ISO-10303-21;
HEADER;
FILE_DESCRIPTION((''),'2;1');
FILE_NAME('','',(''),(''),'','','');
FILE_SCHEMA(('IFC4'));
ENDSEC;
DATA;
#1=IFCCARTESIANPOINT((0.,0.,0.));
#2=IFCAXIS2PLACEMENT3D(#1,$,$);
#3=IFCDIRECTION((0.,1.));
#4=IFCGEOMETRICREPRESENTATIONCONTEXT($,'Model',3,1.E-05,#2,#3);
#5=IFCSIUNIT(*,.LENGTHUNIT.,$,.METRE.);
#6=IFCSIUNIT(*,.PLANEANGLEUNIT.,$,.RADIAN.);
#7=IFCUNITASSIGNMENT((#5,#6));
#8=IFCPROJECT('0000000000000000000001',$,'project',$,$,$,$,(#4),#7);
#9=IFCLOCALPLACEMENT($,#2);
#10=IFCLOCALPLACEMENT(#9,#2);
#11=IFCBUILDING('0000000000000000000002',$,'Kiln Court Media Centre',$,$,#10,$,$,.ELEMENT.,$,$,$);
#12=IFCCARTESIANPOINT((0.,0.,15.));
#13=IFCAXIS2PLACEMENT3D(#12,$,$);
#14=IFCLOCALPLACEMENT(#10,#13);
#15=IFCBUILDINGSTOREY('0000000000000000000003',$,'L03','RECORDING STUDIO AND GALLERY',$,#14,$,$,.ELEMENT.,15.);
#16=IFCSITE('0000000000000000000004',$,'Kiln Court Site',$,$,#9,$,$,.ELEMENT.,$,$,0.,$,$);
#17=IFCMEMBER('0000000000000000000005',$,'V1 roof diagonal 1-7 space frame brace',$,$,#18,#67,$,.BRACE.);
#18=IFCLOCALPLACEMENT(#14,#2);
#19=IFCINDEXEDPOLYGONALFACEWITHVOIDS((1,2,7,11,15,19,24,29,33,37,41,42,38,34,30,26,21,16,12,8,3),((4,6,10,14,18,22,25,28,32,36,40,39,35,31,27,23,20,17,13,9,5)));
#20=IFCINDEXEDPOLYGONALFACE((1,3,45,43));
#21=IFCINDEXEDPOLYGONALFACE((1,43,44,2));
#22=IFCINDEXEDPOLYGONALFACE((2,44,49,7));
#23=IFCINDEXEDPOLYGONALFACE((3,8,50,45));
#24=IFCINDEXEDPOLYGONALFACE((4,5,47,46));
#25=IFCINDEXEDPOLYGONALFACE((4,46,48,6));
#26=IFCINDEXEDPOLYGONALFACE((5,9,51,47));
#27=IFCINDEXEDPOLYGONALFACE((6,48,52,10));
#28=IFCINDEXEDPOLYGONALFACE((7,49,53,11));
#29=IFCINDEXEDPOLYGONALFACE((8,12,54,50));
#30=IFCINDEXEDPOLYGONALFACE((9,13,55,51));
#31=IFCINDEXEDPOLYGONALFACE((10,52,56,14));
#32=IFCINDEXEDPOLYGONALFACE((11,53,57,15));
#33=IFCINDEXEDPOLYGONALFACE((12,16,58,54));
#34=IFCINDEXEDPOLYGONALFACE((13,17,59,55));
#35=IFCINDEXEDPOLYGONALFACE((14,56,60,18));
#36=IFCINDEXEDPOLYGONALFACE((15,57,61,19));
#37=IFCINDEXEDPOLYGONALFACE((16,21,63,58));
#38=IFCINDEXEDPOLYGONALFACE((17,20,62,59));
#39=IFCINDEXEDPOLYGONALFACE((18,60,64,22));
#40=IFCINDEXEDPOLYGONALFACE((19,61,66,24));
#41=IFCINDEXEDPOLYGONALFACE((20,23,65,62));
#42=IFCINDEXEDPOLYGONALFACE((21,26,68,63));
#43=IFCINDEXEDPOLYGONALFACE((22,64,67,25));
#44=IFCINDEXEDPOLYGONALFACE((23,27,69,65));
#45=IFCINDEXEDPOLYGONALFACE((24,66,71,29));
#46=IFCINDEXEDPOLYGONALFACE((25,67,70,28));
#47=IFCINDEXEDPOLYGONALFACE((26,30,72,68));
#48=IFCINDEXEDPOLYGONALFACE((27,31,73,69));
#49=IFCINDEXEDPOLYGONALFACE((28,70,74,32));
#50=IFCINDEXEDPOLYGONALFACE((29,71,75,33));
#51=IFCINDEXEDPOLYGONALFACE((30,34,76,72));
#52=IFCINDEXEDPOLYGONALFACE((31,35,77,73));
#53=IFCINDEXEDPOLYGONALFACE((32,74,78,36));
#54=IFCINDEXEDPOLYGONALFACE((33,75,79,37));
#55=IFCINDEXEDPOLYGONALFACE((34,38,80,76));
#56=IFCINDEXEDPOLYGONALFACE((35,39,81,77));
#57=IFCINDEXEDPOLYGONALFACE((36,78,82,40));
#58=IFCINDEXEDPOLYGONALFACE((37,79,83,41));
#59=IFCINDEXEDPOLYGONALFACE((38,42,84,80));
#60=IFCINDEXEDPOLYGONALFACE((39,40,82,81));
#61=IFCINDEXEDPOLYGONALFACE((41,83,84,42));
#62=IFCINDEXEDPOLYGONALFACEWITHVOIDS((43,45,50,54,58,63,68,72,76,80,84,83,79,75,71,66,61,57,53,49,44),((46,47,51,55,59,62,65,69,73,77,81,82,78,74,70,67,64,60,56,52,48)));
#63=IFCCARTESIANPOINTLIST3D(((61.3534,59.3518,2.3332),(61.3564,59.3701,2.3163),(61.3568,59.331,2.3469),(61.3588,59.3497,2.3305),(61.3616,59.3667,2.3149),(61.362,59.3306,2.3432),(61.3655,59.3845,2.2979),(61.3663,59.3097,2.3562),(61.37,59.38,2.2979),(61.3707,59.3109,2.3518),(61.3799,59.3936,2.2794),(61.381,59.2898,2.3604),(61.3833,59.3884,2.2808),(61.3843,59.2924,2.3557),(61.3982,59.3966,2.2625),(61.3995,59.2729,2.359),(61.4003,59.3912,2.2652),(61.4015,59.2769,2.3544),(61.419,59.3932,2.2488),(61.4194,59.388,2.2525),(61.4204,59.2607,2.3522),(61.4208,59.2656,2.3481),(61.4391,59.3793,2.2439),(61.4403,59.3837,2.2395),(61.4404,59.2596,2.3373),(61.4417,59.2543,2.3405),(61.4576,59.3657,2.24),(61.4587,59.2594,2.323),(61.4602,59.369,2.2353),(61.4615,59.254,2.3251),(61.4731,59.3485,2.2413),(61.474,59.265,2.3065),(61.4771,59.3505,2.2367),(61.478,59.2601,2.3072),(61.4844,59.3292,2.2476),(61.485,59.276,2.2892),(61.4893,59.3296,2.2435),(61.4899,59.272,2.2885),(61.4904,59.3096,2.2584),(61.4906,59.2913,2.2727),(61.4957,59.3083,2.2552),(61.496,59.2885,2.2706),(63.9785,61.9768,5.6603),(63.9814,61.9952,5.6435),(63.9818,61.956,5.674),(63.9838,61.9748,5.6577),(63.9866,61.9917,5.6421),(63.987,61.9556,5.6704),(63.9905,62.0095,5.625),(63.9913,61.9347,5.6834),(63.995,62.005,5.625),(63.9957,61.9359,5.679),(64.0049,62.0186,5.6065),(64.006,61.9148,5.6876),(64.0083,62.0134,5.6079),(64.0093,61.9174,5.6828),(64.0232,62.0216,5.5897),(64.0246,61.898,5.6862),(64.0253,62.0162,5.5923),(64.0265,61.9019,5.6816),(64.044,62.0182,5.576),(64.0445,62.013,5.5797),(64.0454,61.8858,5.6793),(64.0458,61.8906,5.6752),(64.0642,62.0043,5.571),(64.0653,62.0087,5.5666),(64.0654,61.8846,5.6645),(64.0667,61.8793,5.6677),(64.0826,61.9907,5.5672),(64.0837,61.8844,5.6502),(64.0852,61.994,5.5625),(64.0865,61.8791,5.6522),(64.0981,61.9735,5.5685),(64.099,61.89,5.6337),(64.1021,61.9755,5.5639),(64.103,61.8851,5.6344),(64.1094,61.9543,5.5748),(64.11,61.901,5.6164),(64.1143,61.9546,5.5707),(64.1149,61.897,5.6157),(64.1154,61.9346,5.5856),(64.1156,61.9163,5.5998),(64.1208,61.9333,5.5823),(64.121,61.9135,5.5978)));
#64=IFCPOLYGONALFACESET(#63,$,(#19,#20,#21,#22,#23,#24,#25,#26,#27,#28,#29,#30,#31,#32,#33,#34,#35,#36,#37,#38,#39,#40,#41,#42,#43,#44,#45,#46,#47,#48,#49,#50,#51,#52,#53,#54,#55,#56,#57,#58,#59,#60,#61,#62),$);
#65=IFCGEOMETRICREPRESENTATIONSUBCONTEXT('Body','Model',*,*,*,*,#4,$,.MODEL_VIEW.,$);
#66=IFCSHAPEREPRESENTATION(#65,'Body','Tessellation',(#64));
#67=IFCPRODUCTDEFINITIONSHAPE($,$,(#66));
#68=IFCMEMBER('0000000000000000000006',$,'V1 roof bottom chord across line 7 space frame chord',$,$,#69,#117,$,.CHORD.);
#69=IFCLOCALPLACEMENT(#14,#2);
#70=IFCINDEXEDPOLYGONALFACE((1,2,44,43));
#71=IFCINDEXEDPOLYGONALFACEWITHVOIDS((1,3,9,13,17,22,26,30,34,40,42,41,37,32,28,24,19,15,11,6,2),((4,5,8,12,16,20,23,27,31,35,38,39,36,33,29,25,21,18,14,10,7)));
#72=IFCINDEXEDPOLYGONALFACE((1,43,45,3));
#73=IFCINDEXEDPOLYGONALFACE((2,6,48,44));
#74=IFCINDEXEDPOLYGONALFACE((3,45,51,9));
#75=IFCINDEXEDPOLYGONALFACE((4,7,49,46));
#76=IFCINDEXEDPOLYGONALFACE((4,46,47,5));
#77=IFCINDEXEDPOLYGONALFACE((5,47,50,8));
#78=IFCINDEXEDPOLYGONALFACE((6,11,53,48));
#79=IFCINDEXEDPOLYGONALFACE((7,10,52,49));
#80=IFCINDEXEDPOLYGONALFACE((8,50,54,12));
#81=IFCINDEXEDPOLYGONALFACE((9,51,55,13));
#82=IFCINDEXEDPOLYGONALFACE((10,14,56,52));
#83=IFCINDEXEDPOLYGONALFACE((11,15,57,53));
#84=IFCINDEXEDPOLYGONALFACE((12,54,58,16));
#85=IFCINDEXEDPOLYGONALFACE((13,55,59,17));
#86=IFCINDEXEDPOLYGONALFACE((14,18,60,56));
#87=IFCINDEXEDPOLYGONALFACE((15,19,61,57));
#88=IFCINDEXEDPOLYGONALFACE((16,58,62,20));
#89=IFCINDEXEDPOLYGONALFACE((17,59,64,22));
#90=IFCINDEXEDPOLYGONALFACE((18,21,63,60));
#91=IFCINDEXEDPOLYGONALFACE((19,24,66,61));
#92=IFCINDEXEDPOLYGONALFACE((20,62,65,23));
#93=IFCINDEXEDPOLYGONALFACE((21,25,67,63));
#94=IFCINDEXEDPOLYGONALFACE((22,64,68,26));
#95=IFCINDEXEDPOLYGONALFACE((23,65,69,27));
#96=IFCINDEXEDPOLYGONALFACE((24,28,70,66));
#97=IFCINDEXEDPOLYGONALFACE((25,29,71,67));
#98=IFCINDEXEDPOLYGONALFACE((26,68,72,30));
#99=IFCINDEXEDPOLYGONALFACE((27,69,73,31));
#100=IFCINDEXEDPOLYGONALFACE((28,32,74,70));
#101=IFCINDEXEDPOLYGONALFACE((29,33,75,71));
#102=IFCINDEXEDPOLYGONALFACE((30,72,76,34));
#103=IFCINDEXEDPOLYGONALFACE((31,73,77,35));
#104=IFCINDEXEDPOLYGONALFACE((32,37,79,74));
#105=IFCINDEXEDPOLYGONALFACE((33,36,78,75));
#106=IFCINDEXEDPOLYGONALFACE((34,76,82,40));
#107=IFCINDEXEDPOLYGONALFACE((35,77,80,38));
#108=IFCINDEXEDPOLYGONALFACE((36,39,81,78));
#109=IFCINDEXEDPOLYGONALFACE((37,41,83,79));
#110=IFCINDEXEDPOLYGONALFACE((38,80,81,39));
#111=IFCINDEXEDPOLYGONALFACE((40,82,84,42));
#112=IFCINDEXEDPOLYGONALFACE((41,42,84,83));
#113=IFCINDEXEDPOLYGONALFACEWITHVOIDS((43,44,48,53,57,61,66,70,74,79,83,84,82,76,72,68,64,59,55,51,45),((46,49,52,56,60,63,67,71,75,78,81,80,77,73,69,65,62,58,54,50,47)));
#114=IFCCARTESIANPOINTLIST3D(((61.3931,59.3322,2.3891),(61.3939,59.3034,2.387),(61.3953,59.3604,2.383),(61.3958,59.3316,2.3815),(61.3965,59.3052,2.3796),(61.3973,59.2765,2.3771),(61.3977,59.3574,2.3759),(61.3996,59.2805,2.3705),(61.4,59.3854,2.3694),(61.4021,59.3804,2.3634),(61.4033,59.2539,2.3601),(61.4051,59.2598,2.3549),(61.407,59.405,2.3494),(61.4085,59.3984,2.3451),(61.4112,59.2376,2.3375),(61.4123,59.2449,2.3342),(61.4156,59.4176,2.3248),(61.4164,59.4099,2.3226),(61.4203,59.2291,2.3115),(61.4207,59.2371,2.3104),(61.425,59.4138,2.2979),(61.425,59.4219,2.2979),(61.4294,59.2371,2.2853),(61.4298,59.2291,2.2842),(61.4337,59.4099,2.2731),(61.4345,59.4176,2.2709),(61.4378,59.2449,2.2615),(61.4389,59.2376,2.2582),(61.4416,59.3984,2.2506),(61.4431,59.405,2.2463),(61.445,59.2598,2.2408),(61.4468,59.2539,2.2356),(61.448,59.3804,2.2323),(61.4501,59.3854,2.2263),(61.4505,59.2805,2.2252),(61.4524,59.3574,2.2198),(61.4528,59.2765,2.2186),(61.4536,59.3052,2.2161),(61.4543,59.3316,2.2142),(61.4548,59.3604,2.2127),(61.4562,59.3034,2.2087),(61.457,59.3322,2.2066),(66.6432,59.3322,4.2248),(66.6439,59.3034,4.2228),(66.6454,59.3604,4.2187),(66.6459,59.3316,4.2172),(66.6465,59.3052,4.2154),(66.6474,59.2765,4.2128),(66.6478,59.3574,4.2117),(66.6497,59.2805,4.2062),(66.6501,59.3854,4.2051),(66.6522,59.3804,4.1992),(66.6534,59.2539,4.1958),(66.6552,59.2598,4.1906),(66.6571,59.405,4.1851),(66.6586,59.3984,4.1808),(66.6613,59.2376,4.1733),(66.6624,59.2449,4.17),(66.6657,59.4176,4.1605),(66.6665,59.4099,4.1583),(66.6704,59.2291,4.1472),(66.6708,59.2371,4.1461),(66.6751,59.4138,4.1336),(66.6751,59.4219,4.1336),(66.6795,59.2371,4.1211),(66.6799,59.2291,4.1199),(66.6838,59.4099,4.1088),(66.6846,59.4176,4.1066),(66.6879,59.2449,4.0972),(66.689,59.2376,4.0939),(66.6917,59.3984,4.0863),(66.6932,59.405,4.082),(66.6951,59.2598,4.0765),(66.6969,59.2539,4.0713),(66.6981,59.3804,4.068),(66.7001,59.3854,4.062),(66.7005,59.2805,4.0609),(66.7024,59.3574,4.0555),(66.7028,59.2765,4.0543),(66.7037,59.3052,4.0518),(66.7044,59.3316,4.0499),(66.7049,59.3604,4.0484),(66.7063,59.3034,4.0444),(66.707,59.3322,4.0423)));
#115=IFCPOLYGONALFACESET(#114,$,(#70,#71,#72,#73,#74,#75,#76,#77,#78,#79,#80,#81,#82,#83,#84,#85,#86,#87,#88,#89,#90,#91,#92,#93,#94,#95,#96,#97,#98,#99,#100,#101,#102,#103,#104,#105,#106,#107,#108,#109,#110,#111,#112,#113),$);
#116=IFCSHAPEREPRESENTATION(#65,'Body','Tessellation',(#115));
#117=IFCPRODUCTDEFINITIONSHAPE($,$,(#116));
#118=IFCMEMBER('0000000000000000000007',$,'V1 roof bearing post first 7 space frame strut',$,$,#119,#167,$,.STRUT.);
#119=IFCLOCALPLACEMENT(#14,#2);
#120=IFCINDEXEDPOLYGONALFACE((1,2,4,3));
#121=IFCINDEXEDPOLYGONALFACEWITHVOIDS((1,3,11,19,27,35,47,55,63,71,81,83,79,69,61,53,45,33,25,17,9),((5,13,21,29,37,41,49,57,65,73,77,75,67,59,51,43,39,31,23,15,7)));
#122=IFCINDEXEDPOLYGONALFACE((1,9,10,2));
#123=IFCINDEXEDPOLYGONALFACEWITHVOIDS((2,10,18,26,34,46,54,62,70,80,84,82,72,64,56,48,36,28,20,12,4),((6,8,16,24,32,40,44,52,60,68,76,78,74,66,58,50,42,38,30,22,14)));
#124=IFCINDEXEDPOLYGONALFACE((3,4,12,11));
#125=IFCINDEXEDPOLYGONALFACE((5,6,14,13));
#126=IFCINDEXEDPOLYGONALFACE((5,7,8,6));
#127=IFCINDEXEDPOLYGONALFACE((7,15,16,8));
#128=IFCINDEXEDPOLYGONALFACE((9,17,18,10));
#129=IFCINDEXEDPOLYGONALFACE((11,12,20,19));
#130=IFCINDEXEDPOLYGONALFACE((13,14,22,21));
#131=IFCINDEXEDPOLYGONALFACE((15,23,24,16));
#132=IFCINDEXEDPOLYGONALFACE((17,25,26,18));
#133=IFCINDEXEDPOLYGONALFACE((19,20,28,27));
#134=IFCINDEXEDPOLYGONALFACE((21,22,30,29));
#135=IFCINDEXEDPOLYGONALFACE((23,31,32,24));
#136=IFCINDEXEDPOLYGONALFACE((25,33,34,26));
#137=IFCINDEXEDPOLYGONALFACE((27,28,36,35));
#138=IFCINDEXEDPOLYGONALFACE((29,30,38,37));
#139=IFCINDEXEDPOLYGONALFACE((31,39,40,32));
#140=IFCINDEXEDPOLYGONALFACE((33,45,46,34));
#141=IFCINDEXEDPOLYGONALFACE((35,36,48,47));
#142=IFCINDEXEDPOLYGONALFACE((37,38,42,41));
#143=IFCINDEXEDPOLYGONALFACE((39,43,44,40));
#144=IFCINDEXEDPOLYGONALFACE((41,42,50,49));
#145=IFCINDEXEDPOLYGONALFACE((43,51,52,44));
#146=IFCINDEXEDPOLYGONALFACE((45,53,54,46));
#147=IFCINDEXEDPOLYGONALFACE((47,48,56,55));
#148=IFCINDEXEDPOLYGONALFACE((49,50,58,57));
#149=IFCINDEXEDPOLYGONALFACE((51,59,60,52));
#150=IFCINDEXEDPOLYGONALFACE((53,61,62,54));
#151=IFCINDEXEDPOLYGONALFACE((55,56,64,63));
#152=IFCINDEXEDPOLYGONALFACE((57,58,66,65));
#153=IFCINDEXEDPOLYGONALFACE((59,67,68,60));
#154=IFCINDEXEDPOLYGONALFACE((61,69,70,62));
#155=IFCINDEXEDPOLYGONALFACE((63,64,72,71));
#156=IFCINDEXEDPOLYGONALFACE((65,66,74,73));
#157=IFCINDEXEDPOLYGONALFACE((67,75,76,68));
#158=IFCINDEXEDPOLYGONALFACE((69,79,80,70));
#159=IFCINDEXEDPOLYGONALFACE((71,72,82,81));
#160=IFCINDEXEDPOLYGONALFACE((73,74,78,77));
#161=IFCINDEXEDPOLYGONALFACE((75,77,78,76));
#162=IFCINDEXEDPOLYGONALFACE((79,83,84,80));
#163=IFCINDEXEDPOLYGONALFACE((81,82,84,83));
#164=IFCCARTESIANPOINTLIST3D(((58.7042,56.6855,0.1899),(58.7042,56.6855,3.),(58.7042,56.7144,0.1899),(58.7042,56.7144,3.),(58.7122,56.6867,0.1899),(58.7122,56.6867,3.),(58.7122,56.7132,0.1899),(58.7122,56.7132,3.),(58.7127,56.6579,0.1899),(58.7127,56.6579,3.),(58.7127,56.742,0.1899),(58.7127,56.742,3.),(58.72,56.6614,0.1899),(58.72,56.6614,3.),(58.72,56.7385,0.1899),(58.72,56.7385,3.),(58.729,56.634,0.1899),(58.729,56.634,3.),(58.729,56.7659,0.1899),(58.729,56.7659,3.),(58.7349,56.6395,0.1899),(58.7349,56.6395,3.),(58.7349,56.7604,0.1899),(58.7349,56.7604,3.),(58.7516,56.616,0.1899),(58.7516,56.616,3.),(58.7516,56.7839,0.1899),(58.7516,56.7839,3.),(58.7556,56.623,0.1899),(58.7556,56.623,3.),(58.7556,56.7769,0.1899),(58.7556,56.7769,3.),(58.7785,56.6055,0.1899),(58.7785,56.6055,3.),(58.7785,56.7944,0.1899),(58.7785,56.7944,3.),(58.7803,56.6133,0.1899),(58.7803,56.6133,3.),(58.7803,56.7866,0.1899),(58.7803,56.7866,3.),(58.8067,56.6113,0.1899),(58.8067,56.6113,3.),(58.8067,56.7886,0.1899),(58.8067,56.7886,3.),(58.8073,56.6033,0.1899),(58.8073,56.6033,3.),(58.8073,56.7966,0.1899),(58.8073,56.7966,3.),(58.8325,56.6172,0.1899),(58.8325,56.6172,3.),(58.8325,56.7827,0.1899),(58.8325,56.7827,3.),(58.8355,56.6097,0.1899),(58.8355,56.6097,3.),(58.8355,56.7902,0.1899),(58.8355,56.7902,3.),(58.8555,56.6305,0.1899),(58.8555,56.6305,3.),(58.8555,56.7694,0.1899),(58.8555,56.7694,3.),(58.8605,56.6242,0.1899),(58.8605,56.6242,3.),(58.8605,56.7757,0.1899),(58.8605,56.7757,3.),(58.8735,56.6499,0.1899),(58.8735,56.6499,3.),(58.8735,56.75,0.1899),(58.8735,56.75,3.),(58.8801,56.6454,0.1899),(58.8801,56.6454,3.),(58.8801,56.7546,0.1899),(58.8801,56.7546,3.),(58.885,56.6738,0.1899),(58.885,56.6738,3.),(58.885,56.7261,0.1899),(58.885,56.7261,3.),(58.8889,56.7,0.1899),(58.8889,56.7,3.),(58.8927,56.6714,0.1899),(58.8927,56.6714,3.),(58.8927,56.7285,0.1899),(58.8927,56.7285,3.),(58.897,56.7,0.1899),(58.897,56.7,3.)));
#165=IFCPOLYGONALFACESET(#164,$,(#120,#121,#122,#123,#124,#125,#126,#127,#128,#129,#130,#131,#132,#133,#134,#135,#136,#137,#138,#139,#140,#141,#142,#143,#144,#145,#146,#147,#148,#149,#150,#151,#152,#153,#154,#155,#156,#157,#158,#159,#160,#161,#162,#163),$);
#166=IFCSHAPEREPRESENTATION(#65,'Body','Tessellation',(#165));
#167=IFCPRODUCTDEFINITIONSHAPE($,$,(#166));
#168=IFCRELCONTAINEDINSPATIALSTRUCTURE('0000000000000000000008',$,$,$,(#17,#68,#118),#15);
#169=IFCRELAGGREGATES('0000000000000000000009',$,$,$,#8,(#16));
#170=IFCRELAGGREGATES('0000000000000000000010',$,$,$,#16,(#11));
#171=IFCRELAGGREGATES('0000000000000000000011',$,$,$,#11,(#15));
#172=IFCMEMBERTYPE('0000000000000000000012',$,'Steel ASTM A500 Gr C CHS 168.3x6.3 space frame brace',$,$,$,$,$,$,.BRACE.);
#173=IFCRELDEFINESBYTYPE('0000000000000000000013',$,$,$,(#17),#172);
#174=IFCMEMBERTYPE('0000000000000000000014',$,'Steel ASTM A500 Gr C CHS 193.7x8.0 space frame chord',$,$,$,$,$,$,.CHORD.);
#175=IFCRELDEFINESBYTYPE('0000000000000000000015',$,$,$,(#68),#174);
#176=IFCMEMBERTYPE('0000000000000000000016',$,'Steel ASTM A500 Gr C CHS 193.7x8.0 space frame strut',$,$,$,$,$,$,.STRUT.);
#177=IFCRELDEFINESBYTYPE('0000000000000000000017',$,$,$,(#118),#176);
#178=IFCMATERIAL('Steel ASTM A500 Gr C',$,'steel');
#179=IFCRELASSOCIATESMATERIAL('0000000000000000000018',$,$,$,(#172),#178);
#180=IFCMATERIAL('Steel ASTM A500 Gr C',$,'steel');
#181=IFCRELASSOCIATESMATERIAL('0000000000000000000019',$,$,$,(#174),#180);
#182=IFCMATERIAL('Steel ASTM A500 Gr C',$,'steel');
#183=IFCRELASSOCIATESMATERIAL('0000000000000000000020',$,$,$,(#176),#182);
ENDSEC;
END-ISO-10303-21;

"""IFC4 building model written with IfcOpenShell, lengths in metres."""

from ifc_helpers import new_model, si_unit, direction, frame, origin, origin_2d, place, context, subcontext, project, spatial, hollow_circle, extrude, material, material_profile, profile_set, type_object, element, save


model = new_model("IFC4")

# Units and contexts
model_context = context("Model", 3, precision=1e-05, world=origin(), true_north=direction((0.0, 1.0)))
body_context = subcontext(model_context, "Body", "Model", "MODEL_VIEW")
ifc_project = project(units=[si_unit("LENGTHUNIT", "METRE"), si_unit("PLANEANGLEUNIT", "RADIAN")], contexts=[model_context])

# Site, building, storey
site_placement = place(None, origin())
site = spatial("IfcSite", under=ifc_project, at=site_placement, Name="Kiln Court Site", CompositionType="ELEMENT", RefElevation=0.0)
building_placement = place(site_placement, origin())
building = spatial("IfcBuilding", under=site, at=building_placement, Name="Kiln Court Media Centre", CompositionType="ELEMENT")
storey_placement = place(building_placement, frame((0.0, 0.0, 15.0)))
storey = spatial("IfcBuildingStorey", under=building, at=storey_placement, Name="L03", Description="RECORDING STUDIO AND GALLERY", CompositionType="ELEMENT", Elevation=15.0)

# Members
ifc_material_1 = material(Name="Steel ASTM A500 Gr C", Category="steel")
ifc_material_profile_1 = material_profile(ifc_material_1, hollow_circle(Radius=0.0842, WallThickness=0.0063, at=origin_2d()), Name="CHS 168.3x6.3")
ifc_profile_set_1 = profile_set([ifc_material_profile_1], Name="Steel ASTM A500 Gr C")
member_type_1 = type_object("IfcMemberType", Name="Steel ASTM A500 Gr C CHS 168.3x6.3 space frame brace", PredefinedType="BRACE", material=ifc_profile_set_1)
member_1_placement = place(storey_placement, frame((61.425, 59.325, 2.2979), z_axis=(0.52657, 0.52657, 0.667419), x_axis=(-0.707107, 0.707107, 0.0)))
element("IfcMember", 1, at=member_1_placement, inside=storey, type_object=member_type_1, Name="V1 roof diagonal 1-7 space frame brace", PredefinedType="BRACE", context=body_context, shape_type="SweptSolid", body=[
    extrude(hollow_circle(Radius=0.0842, WallThickness=0.0063, at=origin_2d()), origin(), (0.0, 0.0, 1.0), 4.9851),
])
ifc_material_2 = material(Name="Steel ASTM A500 Gr C", Category="steel")
ifc_material_profile_2 = material_profile(ifc_material_2, hollow_circle(Radius=0.0969, WallThickness=0.0081, at=origin_2d()), Name="CHS 193.7x8.0")
ifc_profile_set_2 = profile_set([ifc_material_profile_2], Name="Steel ASTM A500 Gr C")
member_type_2 = type_object("IfcMemberType", Name="Steel ASTM A500 Gr C CHS 193.7x8.0 space frame chord", PredefinedType="CHORD", material=ifc_profile_set_2)
member_2_placement = place(storey_placement, frame((61.425, 59.325, 2.2979), z_axis=(0.94396, 0.0, 0.330061), x_axis=(0.0, 1.0, 0.0)))
element("IfcMember", 2, at=member_2_placement, inside=storey, type_object=member_type_2, Name="V1 roof bottom chord across line 7 space frame chord", PredefinedType="CHORD", context=body_context, shape_type="SweptSolid", body=[
    extrude(hollow_circle(Radius=0.0969, WallThickness=0.0081, at=origin_2d()), origin(), (0.0, 0.0, 1.0), 5.5618),
])
ifc_material_3 = material(Name="Steel ASTM A500 Gr C", Category="steel")
ifc_material_profile_3 = material_profile(ifc_material_3, hollow_circle(Radius=0.0969, WallThickness=0.0081, at=origin_2d()), Name="CHS 193.7x8.0")
ifc_profile_set_3 = profile_set([ifc_material_profile_3], Name="Steel ASTM A500 Gr C")
member_type_3 = type_object("IfcMemberType", Name="Steel ASTM A500 Gr C CHS 193.7x8.0 space frame strut", PredefinedType="STRUT", material=ifc_profile_set_3)
member_3_placement = place(storey_placement, frame((58.8, 56.7, 0.1899), z_axis=(0.0, 0.0, 1.0), x_axis=(1.0, 0.0, 0.0)))
element("IfcMember", 3, at=member_3_placement, inside=storey, type_object=member_type_3, Name="V1 roof bearing post first 7 space frame strut", PredefinedType="STRUT", context=body_context, shape_type="SweptSolid", body=[
    extrude(hollow_circle(Radius=0.0969, WallThickness=0.0081, at=origin_2d()), origin(), (0.0, 0.0, 1.0), 2.8101),
])

save(model, "model.ifc")
